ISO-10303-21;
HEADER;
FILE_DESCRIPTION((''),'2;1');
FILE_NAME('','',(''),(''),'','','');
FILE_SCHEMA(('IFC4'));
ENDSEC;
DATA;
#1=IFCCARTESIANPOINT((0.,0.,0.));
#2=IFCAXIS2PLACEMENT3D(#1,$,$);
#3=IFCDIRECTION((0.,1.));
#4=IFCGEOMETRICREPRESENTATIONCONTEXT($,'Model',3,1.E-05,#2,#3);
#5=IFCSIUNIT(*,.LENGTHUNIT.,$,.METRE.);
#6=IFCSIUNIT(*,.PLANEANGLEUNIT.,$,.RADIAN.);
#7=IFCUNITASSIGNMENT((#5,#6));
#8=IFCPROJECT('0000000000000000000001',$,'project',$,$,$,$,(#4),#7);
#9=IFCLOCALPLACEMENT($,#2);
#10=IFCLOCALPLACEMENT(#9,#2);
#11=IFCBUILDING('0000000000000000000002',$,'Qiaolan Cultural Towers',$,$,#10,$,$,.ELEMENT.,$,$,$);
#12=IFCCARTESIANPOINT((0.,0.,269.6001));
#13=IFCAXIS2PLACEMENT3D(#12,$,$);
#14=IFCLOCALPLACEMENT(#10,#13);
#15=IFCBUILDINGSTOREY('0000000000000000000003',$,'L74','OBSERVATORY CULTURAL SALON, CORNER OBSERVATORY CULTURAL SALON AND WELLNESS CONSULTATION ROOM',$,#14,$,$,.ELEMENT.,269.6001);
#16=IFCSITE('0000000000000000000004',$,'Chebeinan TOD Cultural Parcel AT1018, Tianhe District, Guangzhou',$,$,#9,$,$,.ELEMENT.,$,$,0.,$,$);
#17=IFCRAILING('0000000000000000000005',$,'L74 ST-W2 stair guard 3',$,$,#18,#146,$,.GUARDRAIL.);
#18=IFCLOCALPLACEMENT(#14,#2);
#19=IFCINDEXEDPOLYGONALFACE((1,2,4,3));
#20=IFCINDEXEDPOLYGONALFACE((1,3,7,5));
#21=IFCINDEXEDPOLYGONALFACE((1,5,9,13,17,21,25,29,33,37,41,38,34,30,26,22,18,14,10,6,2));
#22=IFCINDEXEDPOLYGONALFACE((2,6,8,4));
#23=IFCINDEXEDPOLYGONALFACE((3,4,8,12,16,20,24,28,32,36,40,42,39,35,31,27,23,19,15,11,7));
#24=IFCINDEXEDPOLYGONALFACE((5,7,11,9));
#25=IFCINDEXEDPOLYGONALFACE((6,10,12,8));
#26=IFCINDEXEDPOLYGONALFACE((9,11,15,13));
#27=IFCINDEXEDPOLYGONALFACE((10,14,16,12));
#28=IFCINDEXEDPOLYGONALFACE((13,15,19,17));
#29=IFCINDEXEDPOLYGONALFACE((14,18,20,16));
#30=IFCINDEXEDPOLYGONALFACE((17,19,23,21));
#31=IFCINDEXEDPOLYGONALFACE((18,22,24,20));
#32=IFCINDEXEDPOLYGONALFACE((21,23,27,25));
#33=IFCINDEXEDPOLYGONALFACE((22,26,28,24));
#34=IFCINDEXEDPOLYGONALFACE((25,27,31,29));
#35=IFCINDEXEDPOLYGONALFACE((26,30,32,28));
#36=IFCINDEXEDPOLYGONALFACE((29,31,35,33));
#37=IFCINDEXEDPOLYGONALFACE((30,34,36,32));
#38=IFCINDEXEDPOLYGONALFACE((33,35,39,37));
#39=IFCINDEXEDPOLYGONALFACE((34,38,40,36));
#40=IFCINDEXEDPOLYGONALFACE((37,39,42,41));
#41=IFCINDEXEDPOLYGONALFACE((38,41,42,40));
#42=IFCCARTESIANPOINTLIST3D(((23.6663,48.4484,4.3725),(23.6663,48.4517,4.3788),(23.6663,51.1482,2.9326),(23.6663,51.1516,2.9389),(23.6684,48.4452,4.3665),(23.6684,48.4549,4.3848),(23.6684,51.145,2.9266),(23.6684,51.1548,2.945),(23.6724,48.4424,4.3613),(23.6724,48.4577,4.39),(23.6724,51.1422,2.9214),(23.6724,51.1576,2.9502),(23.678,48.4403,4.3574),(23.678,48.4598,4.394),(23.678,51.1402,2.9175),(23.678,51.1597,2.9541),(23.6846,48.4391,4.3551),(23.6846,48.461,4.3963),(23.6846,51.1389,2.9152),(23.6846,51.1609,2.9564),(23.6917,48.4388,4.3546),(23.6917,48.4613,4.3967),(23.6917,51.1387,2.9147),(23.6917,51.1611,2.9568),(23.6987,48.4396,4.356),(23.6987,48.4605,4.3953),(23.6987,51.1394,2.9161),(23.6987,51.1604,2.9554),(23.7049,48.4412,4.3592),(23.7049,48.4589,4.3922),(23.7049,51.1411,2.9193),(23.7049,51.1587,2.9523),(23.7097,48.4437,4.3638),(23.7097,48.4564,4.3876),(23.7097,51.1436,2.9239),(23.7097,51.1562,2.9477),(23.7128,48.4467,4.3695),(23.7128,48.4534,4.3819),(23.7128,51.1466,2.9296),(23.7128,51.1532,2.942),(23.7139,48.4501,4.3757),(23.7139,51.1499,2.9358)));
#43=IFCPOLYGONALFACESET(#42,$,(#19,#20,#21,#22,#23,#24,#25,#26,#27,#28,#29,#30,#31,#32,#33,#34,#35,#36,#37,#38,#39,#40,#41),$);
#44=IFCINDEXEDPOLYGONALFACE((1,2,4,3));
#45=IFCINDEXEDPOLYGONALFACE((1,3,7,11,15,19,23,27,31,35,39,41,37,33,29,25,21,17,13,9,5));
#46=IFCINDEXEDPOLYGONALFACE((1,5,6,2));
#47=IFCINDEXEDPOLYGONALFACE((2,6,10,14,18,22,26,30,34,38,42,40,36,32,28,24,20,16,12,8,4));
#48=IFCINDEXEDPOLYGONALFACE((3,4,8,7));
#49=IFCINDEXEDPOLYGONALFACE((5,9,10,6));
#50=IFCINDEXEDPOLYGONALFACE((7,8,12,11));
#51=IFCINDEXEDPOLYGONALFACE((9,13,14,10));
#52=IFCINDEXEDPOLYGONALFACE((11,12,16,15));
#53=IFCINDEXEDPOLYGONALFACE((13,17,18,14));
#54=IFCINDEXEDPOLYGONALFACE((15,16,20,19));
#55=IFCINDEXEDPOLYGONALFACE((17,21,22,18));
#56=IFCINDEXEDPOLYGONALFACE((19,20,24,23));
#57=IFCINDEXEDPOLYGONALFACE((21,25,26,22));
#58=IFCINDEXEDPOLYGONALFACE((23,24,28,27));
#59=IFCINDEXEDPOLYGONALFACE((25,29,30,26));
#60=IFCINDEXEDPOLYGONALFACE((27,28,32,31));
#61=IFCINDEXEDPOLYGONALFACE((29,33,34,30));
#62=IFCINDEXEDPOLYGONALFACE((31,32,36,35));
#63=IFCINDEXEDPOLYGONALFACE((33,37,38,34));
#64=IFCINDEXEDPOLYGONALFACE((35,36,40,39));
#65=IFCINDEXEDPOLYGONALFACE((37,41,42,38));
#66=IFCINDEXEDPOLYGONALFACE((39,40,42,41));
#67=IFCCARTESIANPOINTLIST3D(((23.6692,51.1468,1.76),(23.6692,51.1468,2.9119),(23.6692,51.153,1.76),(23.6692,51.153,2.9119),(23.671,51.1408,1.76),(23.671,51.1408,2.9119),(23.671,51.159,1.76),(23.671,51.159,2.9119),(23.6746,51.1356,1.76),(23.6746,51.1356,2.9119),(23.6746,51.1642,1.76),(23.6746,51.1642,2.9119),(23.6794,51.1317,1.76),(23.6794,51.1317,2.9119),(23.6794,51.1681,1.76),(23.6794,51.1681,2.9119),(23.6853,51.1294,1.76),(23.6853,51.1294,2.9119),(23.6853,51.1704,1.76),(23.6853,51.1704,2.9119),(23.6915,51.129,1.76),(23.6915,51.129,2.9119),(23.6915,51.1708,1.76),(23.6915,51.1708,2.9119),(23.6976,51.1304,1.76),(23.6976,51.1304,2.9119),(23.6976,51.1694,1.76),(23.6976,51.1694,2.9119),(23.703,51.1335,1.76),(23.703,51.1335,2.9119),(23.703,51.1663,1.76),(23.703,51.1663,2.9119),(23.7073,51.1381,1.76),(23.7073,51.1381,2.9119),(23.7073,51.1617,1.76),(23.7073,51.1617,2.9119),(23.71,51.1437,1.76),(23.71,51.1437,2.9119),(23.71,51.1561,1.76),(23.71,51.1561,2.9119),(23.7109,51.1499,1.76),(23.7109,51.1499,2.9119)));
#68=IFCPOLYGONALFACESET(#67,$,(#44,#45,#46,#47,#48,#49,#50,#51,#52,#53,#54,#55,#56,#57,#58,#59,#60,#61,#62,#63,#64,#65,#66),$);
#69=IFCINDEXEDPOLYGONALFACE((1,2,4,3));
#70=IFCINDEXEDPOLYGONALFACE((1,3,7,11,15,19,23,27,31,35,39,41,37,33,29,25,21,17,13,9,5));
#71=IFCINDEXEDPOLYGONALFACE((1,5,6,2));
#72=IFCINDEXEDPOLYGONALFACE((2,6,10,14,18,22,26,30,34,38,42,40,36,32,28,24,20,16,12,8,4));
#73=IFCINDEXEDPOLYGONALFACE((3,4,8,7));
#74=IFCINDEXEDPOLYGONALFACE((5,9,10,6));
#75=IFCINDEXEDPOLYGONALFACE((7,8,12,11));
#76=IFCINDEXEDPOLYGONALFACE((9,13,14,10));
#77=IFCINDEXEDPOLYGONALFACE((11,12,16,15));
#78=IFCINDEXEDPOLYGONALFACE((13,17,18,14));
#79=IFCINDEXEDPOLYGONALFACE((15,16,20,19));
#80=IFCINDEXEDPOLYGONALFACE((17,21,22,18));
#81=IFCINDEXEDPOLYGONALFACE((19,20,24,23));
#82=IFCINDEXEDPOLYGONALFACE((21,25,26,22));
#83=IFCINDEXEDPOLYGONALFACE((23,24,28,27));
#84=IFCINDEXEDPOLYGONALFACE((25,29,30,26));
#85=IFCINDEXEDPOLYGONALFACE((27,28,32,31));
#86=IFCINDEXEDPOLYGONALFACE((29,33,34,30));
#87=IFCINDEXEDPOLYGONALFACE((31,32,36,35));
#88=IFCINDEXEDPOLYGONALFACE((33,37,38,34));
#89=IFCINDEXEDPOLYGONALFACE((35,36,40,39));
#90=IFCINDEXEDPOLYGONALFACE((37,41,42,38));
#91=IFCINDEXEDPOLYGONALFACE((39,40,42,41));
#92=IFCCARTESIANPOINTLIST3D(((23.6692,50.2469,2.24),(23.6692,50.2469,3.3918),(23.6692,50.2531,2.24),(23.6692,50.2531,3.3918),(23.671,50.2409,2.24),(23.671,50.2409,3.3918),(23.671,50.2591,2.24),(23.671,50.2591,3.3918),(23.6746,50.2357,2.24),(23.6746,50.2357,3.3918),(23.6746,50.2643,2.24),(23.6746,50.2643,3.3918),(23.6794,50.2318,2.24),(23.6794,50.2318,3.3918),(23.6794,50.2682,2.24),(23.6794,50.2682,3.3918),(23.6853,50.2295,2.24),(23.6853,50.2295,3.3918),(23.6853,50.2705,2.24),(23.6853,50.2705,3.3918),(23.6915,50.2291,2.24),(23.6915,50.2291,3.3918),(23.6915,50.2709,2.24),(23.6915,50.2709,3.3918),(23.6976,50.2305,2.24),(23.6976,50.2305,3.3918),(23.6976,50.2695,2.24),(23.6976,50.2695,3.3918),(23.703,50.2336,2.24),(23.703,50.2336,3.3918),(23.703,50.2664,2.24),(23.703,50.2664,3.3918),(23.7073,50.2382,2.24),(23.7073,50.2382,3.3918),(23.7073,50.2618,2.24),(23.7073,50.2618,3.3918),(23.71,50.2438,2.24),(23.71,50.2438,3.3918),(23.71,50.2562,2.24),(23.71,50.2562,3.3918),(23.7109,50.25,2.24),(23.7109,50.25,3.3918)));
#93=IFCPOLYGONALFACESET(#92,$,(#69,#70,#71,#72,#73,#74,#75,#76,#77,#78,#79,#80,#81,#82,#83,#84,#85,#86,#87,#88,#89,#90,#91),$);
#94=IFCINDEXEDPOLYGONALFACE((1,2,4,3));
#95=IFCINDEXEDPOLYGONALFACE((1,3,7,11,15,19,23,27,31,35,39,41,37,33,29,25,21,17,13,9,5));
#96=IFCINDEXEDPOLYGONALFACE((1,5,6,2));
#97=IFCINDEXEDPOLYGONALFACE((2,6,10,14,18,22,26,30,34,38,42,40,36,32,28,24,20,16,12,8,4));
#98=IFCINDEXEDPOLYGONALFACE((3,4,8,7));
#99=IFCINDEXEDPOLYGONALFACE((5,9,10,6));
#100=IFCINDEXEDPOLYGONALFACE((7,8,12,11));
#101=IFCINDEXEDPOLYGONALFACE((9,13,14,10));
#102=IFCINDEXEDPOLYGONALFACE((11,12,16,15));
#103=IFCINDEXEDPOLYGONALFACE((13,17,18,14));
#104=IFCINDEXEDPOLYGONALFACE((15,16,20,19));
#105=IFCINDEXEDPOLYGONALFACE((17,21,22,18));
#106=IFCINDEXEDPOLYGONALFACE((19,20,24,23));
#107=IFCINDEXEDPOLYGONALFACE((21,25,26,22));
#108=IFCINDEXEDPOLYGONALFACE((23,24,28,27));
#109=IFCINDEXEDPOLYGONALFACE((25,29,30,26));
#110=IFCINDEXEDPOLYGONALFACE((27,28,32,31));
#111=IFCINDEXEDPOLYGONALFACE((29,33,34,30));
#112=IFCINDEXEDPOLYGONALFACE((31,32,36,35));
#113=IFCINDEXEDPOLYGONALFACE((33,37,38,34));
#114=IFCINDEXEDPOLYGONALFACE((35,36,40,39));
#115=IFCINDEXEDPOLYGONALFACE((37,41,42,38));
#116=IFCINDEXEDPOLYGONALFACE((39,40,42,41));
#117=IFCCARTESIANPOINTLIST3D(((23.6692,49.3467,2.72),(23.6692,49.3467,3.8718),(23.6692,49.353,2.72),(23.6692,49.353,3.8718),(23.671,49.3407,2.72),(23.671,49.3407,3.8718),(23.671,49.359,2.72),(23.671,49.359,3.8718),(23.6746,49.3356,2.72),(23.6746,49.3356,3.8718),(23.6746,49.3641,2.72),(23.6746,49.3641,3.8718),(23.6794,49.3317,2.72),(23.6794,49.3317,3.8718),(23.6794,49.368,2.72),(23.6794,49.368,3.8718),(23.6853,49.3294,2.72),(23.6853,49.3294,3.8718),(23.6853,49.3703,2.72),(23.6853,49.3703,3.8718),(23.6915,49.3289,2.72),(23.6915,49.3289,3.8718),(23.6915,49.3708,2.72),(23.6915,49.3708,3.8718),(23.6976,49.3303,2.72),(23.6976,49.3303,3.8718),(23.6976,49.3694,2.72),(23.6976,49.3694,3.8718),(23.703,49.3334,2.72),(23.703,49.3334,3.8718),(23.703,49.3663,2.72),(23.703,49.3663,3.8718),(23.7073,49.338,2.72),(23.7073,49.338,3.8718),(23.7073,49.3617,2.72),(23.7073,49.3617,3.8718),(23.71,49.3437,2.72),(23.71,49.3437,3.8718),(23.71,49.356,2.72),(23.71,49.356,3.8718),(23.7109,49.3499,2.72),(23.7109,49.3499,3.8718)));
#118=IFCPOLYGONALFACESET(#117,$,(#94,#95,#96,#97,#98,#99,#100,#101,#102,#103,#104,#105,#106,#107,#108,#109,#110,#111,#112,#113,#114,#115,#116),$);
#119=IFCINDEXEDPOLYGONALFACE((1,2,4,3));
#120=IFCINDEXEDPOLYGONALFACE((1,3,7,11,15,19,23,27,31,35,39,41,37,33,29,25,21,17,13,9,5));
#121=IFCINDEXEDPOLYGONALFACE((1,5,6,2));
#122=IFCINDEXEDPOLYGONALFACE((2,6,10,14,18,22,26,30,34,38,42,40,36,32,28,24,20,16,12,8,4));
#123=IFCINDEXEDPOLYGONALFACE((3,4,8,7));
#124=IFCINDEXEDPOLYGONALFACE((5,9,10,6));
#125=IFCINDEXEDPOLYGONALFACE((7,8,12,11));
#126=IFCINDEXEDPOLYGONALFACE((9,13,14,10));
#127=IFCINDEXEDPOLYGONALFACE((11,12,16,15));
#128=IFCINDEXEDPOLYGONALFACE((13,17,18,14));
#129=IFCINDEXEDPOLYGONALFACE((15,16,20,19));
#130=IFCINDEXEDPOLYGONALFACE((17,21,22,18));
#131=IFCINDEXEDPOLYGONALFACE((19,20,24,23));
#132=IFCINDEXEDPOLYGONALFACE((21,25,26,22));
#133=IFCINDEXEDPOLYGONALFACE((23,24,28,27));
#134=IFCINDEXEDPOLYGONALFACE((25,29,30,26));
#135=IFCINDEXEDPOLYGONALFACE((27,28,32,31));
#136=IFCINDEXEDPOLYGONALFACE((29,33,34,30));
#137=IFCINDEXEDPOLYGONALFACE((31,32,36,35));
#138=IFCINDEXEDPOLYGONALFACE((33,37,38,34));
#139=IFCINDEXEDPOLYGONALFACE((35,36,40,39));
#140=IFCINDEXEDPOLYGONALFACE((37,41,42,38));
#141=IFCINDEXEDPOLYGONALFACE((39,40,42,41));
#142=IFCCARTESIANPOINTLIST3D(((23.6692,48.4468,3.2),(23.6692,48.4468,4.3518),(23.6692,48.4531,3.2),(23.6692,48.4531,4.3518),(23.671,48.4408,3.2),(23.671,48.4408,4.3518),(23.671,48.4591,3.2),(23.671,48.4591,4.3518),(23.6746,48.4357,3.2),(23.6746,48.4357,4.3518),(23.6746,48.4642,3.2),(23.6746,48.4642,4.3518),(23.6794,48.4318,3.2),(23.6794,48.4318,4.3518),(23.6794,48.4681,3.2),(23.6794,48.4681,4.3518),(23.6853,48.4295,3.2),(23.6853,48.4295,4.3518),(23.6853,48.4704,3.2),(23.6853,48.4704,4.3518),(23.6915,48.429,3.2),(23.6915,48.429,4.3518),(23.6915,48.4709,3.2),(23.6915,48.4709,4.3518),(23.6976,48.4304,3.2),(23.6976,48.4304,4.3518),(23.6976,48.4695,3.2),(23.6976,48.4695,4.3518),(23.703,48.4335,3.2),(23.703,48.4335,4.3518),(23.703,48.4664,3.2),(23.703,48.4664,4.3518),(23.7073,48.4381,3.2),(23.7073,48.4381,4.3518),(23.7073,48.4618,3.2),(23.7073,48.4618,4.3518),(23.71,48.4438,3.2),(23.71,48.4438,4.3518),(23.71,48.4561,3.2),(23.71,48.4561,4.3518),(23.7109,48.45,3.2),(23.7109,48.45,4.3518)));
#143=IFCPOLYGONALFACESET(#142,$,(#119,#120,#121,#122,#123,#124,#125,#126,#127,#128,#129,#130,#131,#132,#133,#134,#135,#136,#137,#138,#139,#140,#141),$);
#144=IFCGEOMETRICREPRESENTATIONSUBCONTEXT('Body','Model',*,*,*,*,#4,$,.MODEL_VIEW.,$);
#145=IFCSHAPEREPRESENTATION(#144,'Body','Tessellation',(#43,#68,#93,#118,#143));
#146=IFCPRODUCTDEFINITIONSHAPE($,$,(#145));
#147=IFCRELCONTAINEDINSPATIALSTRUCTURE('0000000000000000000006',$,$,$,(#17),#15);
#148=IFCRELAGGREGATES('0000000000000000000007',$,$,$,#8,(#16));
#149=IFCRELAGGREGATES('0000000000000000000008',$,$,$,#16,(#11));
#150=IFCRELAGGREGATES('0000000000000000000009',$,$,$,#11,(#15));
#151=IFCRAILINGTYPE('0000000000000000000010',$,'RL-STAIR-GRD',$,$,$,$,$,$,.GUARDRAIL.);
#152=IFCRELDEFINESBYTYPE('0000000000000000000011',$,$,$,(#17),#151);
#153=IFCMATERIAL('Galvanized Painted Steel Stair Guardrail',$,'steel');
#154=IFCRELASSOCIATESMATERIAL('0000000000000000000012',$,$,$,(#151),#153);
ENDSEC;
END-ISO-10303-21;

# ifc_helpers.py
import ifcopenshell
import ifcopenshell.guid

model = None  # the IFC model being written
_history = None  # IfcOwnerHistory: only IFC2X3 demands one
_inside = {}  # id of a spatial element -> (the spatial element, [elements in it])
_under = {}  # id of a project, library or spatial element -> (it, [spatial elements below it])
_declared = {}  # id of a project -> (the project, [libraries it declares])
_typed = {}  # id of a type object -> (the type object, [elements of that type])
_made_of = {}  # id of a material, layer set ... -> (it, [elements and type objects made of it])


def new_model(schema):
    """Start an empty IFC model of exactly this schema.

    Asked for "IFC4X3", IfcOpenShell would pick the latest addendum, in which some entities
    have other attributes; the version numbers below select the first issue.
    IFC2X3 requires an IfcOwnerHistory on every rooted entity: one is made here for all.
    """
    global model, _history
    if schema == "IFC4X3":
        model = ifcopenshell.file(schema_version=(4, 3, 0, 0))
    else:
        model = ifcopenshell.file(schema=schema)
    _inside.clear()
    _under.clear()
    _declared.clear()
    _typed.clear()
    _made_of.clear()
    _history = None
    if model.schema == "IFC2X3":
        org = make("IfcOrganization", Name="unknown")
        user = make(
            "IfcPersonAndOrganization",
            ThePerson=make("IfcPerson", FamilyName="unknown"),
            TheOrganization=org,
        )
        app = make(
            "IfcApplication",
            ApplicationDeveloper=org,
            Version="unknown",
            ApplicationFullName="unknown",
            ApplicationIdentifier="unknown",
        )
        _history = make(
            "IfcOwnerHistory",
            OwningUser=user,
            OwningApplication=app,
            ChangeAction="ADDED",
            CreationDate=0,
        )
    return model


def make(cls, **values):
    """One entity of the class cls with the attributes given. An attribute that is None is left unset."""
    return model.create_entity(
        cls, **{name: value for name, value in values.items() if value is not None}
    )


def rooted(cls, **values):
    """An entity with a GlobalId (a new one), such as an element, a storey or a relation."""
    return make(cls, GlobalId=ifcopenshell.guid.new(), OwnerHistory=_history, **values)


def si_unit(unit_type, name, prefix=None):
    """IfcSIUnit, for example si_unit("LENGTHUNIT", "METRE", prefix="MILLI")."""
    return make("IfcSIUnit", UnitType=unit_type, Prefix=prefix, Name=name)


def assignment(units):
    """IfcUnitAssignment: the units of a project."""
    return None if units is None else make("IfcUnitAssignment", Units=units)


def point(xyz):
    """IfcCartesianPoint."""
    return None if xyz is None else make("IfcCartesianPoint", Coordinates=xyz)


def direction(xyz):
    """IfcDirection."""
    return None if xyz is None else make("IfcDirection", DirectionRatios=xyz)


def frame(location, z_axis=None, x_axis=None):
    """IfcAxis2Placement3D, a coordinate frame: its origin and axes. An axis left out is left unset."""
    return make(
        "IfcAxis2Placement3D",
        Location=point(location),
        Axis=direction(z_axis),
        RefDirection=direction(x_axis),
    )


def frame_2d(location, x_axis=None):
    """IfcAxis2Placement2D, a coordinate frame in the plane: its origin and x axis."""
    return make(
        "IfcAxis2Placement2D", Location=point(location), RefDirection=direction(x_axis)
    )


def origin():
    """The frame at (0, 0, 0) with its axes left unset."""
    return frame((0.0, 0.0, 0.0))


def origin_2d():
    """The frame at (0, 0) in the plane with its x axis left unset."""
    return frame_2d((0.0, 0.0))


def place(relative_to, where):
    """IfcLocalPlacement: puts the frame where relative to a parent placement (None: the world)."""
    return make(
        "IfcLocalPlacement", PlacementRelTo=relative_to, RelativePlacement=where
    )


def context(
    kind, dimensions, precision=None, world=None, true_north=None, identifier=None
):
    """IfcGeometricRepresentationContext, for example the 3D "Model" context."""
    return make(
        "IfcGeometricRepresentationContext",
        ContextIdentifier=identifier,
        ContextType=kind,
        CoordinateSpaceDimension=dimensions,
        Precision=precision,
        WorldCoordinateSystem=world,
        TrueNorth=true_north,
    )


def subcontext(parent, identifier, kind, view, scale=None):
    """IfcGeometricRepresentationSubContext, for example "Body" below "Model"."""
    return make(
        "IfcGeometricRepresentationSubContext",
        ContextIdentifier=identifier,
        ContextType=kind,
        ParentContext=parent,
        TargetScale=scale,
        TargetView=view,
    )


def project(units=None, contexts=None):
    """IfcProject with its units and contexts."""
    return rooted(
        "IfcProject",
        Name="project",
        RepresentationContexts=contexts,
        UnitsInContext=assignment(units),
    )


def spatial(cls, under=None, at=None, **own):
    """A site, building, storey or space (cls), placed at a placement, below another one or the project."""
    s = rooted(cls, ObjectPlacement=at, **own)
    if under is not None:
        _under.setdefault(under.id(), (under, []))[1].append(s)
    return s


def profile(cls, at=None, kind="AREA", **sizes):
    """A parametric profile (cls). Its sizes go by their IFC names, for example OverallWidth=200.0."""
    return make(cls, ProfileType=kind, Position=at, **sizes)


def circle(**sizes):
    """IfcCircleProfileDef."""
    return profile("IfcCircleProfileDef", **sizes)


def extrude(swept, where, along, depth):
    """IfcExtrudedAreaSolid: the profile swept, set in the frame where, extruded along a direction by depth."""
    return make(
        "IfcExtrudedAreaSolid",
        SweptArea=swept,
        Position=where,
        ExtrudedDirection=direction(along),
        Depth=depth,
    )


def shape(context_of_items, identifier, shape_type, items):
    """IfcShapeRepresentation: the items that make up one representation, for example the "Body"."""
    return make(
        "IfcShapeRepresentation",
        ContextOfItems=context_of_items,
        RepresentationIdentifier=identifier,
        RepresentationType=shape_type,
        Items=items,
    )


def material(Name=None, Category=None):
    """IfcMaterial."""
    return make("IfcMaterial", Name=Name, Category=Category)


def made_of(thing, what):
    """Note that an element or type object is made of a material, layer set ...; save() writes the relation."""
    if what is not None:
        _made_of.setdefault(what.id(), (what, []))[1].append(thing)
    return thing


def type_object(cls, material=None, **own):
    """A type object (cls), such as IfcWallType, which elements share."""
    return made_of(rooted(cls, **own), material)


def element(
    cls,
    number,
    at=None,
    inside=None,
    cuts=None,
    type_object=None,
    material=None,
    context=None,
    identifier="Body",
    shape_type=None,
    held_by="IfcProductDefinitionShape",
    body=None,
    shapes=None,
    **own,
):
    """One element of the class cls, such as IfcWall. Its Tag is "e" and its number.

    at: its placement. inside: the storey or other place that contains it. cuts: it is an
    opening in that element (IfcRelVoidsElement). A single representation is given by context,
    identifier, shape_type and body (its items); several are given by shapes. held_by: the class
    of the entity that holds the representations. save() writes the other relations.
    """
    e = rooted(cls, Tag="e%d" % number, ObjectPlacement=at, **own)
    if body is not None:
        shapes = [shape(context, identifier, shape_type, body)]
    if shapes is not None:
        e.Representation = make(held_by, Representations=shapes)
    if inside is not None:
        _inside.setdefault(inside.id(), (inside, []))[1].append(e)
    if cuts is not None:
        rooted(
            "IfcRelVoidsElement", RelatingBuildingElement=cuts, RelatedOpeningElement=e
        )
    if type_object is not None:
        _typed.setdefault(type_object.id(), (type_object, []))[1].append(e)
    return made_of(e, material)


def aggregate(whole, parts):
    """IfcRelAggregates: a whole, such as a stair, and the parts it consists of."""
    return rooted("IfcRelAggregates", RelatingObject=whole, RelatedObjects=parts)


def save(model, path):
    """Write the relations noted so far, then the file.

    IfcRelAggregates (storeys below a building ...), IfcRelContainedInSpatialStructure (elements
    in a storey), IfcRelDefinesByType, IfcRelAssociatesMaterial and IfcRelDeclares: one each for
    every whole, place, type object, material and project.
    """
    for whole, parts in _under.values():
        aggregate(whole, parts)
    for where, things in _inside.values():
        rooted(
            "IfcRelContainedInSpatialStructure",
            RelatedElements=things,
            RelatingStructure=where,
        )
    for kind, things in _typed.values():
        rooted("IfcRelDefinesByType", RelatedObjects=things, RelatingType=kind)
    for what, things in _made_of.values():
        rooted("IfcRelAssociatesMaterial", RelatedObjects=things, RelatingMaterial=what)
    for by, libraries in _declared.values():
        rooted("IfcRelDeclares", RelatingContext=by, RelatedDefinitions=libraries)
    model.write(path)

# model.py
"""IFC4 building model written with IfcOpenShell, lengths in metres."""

from ifc_helpers import new_model, si_unit, direction, frame, origin, origin_2d, place, context, subcontext, project, spatial, circle, extrude, material, type_object, element, save


model = new_model("IFC4")

# Units and contexts
model_context = context("Model", 3, precision=1e-05, world=origin(), true_north=direction((0.0, 1.0)))
body_context = subcontext(model_context, "Body", "Model", "MODEL_VIEW")
ifc_project = project(units=[si_unit("LENGTHUNIT", "METRE"), si_unit("PLANEANGLEUNIT", "RADIAN")], contexts=[model_context])

# Site, building, storey
site_placement = place(None, origin())
site = spatial("IfcSite", under=ifc_project, at=site_placement, Name="Chebeinan TOD Cultural Parcel AT1018, Tianhe District, Guangzhou", CompositionType="ELEMENT", RefElevation=0.0)
building_placement = place(site_placement, origin())
building = spatial("IfcBuilding", under=site, at=building_placement, Name="Qiaolan Cultural Towers", CompositionType="ELEMENT")
storey_placement = place(building_placement, frame((0.0, 0.0, 269.6001)))
storey = spatial("IfcBuildingStorey", under=building, at=storey_placement, Name="L74", Description="OBSERVATORY CULTURAL SALON, CORNER OBSERVATORY CULTURAL SALON AND WELLNESS CONSULTATION ROOM", CompositionType="ELEMENT", Elevation=269.6001)

# Railing
ifc_material_1 = material(Name="Galvanized Painted Steel Stair Guardrail", Category="steel")
railing_type_1 = type_object("IfcRailingType", Name="RL-STAIR-GRD", PredefinedType="GUARDRAIL", material=ifc_material_1)
railing_1_placement = place(storey_placement, frame((23.6899, 51.1499, 1.76)))
element("IfcRailing", 1, at=railing_1_placement, inside=storey, type_object=railing_type_1, Name="L74 ST-W2 stair guard 3", PredefinedType="GUARDRAIL", context=body_context, shape_type="SweptSolid", body=[
    extrude(circle(Radius=0.0239, at=origin_2d()), frame((0.0, 0.0, 1.1758), z_axis=(0.0, -0.882357, 0.47058), x_axis=(1.0, 0.0, 0.0)), (0.0, 0.0, 1.0), 3.0598),
    extrude(circle(Radius=0.021, at=origin_2d()), origin(), (0.0, 0.0, 1.0), 1.1519),
    extrude(circle(Radius=0.021, at=origin_2d()), frame((0.0, -0.8999, 0.48)), (0.0, 0.0, 1.0), 1.1519),
    extrude(circle(Radius=0.021, at=origin_2d()), frame((0.0, -1.8, 0.96)), (0.0, 0.0, 1.0), 1.1519),
    extrude(circle(Radius=0.021, at=origin_2d()), frame((0.0, -2.7, 1.4399)), (0.0, 0.0, 1.0), 1.1519),
])

save(model, "model.ifc")
